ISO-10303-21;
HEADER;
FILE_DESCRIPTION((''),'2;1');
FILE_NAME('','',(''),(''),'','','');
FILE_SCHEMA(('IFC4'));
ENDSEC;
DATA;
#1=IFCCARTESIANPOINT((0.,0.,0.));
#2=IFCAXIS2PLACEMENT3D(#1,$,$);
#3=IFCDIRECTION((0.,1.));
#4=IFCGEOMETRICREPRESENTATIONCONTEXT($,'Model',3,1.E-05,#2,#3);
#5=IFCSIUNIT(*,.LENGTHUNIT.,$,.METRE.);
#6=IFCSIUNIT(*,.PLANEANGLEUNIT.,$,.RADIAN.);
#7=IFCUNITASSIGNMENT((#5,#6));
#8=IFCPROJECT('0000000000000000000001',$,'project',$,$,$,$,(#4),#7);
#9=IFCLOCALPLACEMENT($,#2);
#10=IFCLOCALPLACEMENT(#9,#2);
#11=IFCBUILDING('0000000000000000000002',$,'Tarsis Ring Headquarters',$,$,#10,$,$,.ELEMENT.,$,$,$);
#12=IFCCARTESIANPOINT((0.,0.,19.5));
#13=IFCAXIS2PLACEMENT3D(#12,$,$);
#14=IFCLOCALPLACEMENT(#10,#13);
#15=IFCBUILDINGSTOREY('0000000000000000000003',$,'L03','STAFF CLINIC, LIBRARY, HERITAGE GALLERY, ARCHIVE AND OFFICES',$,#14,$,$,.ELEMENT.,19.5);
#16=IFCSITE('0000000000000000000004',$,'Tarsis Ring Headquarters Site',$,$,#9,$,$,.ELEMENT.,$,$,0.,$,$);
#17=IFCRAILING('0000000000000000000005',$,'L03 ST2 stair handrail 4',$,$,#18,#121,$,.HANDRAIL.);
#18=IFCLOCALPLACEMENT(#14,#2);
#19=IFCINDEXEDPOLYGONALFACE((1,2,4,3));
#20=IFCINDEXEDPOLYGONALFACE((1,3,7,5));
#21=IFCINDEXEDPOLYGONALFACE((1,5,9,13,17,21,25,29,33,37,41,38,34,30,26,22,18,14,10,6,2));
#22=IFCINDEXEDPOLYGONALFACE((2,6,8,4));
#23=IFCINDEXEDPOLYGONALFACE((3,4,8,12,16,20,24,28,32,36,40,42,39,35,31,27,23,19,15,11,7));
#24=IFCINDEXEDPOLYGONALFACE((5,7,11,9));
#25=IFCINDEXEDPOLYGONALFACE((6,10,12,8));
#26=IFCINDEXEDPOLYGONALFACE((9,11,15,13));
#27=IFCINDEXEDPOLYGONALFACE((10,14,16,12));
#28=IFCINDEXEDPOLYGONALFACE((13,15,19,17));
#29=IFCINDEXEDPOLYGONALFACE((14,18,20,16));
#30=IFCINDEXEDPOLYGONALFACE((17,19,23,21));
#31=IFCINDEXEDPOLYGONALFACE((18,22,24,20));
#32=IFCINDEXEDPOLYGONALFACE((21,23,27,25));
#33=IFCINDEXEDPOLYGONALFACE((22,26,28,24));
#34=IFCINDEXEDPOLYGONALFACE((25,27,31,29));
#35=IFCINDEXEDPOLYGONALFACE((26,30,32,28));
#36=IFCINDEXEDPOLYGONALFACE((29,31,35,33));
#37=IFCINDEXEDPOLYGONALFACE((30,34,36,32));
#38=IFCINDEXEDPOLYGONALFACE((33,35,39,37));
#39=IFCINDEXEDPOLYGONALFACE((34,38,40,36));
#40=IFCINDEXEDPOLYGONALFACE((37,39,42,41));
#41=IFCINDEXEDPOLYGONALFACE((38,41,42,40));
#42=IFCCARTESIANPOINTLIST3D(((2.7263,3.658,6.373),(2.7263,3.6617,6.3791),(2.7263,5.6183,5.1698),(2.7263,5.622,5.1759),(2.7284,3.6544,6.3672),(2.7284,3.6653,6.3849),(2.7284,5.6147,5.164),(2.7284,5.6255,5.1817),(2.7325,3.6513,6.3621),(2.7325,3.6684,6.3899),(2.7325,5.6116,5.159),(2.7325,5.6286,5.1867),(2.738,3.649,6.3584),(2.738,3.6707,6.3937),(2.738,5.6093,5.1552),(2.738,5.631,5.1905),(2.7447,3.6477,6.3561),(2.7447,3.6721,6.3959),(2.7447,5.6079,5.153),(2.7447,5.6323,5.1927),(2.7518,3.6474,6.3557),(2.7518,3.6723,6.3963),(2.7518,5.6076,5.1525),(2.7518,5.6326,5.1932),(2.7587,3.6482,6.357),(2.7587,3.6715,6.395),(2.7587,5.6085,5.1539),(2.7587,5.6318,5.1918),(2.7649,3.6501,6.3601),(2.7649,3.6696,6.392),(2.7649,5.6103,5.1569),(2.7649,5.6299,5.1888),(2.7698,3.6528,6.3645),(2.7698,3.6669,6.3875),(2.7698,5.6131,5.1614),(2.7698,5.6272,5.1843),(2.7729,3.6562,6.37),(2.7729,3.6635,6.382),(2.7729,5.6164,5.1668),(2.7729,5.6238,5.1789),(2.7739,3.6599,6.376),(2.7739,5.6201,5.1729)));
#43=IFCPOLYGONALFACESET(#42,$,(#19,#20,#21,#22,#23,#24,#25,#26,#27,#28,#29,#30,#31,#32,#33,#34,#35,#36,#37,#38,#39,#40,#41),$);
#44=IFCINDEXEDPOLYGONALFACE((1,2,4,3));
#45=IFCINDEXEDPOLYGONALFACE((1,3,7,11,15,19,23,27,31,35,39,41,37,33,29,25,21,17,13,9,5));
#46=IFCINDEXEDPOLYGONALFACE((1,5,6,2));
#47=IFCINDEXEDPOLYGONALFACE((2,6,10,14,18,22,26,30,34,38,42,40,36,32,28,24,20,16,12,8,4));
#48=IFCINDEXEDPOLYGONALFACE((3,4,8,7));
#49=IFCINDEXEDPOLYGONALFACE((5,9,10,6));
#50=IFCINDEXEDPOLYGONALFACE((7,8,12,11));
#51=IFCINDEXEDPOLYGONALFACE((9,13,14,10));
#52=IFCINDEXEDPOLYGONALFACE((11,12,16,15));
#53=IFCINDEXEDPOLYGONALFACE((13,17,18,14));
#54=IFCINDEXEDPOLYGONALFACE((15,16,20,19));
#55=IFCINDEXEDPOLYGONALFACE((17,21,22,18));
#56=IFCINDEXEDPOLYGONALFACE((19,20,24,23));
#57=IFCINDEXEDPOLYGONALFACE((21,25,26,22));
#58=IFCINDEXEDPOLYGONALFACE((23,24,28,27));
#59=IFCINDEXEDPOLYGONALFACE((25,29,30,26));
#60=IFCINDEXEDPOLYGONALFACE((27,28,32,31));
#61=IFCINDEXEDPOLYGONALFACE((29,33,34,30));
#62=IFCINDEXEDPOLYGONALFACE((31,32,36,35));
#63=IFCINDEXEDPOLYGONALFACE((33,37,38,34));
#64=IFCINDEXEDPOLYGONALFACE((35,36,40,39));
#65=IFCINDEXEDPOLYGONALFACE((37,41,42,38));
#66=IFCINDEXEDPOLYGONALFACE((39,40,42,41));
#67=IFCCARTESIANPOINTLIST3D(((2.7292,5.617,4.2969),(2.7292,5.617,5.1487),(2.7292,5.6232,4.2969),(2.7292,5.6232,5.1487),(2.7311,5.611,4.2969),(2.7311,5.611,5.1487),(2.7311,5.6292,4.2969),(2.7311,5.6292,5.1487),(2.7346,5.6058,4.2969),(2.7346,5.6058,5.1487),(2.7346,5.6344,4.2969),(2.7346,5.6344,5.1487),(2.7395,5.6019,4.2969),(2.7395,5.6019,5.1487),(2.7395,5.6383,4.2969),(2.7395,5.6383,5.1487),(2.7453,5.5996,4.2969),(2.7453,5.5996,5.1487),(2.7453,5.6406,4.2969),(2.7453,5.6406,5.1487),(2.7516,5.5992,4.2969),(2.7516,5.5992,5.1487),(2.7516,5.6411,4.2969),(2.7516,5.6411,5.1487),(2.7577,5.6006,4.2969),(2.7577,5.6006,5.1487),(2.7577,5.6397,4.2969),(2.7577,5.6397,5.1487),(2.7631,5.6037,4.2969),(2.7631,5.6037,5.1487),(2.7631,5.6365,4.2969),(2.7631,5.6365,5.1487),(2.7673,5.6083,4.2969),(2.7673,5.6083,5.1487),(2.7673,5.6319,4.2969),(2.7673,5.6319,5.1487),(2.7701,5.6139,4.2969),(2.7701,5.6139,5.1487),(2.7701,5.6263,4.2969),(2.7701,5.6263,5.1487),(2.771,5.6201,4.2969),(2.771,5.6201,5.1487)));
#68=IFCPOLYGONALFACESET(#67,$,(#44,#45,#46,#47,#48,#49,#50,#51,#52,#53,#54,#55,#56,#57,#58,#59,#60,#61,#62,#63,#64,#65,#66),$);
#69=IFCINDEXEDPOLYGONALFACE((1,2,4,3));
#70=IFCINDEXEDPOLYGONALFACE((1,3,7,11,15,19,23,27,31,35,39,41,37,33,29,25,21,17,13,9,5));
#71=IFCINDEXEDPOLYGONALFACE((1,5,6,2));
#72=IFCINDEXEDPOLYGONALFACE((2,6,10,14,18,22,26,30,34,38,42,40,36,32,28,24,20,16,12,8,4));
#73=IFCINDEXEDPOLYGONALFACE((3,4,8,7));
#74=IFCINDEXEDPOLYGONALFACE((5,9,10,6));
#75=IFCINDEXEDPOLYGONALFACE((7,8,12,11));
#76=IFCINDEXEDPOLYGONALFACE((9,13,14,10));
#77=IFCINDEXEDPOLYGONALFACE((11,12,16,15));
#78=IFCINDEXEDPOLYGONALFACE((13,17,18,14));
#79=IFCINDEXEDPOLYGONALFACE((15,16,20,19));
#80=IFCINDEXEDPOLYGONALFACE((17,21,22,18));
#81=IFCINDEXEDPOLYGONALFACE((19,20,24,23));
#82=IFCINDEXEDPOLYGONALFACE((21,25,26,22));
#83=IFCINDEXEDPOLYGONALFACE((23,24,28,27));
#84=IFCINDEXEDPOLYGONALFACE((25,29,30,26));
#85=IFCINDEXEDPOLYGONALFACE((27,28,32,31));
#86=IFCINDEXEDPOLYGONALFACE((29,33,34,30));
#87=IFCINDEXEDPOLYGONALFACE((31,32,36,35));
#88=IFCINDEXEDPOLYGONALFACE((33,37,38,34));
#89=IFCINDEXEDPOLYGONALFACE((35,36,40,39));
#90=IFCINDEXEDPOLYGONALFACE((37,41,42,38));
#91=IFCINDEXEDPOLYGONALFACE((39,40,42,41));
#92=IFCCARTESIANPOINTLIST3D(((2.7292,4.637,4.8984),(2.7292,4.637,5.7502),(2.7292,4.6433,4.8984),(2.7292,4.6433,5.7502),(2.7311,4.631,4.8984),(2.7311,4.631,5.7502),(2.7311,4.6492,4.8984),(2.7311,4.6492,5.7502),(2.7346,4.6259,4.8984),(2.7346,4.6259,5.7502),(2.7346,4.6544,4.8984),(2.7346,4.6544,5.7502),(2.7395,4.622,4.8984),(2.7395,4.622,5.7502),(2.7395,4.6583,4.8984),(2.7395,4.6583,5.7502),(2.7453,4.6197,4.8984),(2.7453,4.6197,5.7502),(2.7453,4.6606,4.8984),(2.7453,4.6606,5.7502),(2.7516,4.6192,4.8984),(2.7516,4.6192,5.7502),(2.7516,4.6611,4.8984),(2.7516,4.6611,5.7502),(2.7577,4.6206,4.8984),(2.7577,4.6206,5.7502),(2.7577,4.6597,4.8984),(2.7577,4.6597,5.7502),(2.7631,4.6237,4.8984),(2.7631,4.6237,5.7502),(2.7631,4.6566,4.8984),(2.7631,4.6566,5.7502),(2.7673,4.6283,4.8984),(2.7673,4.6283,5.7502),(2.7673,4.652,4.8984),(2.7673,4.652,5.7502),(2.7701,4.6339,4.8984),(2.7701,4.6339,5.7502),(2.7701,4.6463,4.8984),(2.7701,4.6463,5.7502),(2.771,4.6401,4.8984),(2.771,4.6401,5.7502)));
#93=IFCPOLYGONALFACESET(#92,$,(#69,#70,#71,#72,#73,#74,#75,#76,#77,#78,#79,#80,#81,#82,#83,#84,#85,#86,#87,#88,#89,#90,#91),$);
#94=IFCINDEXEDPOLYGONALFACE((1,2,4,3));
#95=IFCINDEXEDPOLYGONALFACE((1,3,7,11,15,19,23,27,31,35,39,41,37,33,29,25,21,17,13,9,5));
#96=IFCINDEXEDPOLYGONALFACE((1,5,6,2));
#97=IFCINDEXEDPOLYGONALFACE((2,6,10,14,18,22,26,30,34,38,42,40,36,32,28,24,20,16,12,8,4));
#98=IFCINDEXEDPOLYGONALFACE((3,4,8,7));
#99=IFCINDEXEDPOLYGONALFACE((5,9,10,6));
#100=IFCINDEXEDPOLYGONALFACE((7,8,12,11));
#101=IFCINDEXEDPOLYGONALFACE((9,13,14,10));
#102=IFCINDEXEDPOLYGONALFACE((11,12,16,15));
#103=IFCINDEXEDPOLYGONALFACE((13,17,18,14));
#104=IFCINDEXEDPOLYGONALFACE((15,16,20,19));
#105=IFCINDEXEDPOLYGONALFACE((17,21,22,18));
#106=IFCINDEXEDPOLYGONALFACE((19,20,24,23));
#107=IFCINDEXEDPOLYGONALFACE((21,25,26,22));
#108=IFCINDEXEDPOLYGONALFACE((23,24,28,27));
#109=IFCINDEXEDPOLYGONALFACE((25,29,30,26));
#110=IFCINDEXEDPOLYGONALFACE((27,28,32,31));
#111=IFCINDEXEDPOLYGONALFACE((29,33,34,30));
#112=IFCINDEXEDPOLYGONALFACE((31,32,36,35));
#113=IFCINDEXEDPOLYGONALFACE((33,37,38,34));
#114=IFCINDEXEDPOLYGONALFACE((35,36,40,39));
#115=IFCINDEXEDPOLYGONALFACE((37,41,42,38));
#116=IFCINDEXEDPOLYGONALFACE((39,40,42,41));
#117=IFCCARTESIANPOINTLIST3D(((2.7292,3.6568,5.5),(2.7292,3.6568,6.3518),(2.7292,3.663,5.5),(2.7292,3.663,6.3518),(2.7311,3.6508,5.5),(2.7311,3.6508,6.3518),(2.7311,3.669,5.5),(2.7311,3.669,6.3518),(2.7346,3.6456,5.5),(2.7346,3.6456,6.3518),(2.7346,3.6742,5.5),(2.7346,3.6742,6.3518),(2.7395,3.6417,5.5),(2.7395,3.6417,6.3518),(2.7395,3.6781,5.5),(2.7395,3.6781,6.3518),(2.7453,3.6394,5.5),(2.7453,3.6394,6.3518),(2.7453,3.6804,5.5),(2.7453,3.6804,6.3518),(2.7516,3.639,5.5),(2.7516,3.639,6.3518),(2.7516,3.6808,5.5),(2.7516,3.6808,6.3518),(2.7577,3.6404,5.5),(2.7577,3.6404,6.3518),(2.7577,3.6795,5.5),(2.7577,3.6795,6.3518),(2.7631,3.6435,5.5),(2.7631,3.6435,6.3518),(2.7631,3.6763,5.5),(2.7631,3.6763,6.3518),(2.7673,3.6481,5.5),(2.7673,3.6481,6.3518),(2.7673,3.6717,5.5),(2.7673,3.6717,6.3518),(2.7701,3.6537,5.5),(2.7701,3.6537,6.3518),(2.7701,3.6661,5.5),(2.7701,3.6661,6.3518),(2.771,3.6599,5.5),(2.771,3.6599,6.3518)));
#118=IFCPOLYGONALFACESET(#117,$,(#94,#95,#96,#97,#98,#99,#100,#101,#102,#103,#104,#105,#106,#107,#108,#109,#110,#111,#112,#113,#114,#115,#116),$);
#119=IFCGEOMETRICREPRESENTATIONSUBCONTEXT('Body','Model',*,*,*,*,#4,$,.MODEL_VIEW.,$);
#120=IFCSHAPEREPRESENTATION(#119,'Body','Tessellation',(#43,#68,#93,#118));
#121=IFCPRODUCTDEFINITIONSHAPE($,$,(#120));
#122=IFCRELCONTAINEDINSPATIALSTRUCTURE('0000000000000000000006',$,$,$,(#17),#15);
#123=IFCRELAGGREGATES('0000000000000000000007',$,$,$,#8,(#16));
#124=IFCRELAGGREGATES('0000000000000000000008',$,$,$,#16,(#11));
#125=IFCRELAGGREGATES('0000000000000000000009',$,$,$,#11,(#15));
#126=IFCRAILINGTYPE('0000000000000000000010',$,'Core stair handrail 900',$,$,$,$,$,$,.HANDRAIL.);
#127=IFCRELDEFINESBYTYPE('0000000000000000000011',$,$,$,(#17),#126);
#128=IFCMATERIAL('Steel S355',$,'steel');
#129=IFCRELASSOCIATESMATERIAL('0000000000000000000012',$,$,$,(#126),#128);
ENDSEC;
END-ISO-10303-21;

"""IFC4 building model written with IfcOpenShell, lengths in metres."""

from ifc_helpers import new_model, si_unit, direction, frame, origin, origin_2d, place, context, subcontext, project, spatial, circle, extrude, material, type_object, element, save


model = new_model("IFC4")

# Units and contexts
model_context = context("Model", 3, precision=1e-05, world=origin(), true_north=direction((0.0, 1.0)))
body_context = subcontext(model_context, "Body", "Model", "MODEL_VIEW")
ifc_project = project(units=[si_unit("LENGTHUNIT", "METRE"), si_unit("PLANEANGLEUNIT", "RADIAN")], contexts=[model_context])

# Site, building, storey
site_placement = place(None, origin())
site = spatial("IfcSite", under=ifc_project, at=site_placement, Name="Tarsis Ring Headquarters Site", CompositionType="ELEMENT", RefElevation=0.0)
building_placement = place(site_placement, origin())
building = spatial("IfcBuilding", under=site, at=building_placement, Name="Tarsis Ring Headquarters", CompositionType="ELEMENT")
storey_placement = place(building_placement, frame((0.0, 0.0, 19.5)))
storey = spatial("IfcBuildingStorey", under=building, at=storey_placement, Name="L03", Description="STAFF CLINIC, LIBRARY, HERITAGE GALLERY, ARCHIVE AND OFFICES", CompositionType="ELEMENT", Elevation=19.5)

# Railing
ifc_material_1 = material(Name="Steel S355", Category="steel")
railing_type_1 = type_object("IfcRailingType", Name="Core stair handrail 900", PredefinedType="HANDRAIL", material=ifc_material_1)
railing_1_placement = place(storey_placement, frame((2.75, 5.6201, 4.2969)))
element("IfcRailing", 1, at=railing_1_placement, inside=storey, type_object=railing_type_1, Name="L03 ST2 stair handrail 4", PredefinedType="HANDRAIL", context=body_context, shape_type="SweptSolid", body=[
    extrude(circle(Radius=0.0239, at=origin_2d()), frame((0.0, 0.0, 0.876), z_axis=(0.0, -0.85227, 0.523102), x_axis=(1.0, 0.0, 0.0)), (0.0, 0.0, 1.0), 2.3),
    extrude(circle(Radius=0.021, at=origin_2d()), origin(), (0.0, 0.0, 1.0), 0.8518),
    extrude(circle(Radius=0.021, at=origin_2d()), frame((0.0, -0.98, 0.6016)), (0.0, 0.0, 1.0), 0.8518),
    extrude(circle(Radius=0.021, at=origin_2d()), frame((0.0, -1.9602, 1.2031)), (0.0, 0.0, 1.0), 0.8518),
])

save(model, "model.ifc")
